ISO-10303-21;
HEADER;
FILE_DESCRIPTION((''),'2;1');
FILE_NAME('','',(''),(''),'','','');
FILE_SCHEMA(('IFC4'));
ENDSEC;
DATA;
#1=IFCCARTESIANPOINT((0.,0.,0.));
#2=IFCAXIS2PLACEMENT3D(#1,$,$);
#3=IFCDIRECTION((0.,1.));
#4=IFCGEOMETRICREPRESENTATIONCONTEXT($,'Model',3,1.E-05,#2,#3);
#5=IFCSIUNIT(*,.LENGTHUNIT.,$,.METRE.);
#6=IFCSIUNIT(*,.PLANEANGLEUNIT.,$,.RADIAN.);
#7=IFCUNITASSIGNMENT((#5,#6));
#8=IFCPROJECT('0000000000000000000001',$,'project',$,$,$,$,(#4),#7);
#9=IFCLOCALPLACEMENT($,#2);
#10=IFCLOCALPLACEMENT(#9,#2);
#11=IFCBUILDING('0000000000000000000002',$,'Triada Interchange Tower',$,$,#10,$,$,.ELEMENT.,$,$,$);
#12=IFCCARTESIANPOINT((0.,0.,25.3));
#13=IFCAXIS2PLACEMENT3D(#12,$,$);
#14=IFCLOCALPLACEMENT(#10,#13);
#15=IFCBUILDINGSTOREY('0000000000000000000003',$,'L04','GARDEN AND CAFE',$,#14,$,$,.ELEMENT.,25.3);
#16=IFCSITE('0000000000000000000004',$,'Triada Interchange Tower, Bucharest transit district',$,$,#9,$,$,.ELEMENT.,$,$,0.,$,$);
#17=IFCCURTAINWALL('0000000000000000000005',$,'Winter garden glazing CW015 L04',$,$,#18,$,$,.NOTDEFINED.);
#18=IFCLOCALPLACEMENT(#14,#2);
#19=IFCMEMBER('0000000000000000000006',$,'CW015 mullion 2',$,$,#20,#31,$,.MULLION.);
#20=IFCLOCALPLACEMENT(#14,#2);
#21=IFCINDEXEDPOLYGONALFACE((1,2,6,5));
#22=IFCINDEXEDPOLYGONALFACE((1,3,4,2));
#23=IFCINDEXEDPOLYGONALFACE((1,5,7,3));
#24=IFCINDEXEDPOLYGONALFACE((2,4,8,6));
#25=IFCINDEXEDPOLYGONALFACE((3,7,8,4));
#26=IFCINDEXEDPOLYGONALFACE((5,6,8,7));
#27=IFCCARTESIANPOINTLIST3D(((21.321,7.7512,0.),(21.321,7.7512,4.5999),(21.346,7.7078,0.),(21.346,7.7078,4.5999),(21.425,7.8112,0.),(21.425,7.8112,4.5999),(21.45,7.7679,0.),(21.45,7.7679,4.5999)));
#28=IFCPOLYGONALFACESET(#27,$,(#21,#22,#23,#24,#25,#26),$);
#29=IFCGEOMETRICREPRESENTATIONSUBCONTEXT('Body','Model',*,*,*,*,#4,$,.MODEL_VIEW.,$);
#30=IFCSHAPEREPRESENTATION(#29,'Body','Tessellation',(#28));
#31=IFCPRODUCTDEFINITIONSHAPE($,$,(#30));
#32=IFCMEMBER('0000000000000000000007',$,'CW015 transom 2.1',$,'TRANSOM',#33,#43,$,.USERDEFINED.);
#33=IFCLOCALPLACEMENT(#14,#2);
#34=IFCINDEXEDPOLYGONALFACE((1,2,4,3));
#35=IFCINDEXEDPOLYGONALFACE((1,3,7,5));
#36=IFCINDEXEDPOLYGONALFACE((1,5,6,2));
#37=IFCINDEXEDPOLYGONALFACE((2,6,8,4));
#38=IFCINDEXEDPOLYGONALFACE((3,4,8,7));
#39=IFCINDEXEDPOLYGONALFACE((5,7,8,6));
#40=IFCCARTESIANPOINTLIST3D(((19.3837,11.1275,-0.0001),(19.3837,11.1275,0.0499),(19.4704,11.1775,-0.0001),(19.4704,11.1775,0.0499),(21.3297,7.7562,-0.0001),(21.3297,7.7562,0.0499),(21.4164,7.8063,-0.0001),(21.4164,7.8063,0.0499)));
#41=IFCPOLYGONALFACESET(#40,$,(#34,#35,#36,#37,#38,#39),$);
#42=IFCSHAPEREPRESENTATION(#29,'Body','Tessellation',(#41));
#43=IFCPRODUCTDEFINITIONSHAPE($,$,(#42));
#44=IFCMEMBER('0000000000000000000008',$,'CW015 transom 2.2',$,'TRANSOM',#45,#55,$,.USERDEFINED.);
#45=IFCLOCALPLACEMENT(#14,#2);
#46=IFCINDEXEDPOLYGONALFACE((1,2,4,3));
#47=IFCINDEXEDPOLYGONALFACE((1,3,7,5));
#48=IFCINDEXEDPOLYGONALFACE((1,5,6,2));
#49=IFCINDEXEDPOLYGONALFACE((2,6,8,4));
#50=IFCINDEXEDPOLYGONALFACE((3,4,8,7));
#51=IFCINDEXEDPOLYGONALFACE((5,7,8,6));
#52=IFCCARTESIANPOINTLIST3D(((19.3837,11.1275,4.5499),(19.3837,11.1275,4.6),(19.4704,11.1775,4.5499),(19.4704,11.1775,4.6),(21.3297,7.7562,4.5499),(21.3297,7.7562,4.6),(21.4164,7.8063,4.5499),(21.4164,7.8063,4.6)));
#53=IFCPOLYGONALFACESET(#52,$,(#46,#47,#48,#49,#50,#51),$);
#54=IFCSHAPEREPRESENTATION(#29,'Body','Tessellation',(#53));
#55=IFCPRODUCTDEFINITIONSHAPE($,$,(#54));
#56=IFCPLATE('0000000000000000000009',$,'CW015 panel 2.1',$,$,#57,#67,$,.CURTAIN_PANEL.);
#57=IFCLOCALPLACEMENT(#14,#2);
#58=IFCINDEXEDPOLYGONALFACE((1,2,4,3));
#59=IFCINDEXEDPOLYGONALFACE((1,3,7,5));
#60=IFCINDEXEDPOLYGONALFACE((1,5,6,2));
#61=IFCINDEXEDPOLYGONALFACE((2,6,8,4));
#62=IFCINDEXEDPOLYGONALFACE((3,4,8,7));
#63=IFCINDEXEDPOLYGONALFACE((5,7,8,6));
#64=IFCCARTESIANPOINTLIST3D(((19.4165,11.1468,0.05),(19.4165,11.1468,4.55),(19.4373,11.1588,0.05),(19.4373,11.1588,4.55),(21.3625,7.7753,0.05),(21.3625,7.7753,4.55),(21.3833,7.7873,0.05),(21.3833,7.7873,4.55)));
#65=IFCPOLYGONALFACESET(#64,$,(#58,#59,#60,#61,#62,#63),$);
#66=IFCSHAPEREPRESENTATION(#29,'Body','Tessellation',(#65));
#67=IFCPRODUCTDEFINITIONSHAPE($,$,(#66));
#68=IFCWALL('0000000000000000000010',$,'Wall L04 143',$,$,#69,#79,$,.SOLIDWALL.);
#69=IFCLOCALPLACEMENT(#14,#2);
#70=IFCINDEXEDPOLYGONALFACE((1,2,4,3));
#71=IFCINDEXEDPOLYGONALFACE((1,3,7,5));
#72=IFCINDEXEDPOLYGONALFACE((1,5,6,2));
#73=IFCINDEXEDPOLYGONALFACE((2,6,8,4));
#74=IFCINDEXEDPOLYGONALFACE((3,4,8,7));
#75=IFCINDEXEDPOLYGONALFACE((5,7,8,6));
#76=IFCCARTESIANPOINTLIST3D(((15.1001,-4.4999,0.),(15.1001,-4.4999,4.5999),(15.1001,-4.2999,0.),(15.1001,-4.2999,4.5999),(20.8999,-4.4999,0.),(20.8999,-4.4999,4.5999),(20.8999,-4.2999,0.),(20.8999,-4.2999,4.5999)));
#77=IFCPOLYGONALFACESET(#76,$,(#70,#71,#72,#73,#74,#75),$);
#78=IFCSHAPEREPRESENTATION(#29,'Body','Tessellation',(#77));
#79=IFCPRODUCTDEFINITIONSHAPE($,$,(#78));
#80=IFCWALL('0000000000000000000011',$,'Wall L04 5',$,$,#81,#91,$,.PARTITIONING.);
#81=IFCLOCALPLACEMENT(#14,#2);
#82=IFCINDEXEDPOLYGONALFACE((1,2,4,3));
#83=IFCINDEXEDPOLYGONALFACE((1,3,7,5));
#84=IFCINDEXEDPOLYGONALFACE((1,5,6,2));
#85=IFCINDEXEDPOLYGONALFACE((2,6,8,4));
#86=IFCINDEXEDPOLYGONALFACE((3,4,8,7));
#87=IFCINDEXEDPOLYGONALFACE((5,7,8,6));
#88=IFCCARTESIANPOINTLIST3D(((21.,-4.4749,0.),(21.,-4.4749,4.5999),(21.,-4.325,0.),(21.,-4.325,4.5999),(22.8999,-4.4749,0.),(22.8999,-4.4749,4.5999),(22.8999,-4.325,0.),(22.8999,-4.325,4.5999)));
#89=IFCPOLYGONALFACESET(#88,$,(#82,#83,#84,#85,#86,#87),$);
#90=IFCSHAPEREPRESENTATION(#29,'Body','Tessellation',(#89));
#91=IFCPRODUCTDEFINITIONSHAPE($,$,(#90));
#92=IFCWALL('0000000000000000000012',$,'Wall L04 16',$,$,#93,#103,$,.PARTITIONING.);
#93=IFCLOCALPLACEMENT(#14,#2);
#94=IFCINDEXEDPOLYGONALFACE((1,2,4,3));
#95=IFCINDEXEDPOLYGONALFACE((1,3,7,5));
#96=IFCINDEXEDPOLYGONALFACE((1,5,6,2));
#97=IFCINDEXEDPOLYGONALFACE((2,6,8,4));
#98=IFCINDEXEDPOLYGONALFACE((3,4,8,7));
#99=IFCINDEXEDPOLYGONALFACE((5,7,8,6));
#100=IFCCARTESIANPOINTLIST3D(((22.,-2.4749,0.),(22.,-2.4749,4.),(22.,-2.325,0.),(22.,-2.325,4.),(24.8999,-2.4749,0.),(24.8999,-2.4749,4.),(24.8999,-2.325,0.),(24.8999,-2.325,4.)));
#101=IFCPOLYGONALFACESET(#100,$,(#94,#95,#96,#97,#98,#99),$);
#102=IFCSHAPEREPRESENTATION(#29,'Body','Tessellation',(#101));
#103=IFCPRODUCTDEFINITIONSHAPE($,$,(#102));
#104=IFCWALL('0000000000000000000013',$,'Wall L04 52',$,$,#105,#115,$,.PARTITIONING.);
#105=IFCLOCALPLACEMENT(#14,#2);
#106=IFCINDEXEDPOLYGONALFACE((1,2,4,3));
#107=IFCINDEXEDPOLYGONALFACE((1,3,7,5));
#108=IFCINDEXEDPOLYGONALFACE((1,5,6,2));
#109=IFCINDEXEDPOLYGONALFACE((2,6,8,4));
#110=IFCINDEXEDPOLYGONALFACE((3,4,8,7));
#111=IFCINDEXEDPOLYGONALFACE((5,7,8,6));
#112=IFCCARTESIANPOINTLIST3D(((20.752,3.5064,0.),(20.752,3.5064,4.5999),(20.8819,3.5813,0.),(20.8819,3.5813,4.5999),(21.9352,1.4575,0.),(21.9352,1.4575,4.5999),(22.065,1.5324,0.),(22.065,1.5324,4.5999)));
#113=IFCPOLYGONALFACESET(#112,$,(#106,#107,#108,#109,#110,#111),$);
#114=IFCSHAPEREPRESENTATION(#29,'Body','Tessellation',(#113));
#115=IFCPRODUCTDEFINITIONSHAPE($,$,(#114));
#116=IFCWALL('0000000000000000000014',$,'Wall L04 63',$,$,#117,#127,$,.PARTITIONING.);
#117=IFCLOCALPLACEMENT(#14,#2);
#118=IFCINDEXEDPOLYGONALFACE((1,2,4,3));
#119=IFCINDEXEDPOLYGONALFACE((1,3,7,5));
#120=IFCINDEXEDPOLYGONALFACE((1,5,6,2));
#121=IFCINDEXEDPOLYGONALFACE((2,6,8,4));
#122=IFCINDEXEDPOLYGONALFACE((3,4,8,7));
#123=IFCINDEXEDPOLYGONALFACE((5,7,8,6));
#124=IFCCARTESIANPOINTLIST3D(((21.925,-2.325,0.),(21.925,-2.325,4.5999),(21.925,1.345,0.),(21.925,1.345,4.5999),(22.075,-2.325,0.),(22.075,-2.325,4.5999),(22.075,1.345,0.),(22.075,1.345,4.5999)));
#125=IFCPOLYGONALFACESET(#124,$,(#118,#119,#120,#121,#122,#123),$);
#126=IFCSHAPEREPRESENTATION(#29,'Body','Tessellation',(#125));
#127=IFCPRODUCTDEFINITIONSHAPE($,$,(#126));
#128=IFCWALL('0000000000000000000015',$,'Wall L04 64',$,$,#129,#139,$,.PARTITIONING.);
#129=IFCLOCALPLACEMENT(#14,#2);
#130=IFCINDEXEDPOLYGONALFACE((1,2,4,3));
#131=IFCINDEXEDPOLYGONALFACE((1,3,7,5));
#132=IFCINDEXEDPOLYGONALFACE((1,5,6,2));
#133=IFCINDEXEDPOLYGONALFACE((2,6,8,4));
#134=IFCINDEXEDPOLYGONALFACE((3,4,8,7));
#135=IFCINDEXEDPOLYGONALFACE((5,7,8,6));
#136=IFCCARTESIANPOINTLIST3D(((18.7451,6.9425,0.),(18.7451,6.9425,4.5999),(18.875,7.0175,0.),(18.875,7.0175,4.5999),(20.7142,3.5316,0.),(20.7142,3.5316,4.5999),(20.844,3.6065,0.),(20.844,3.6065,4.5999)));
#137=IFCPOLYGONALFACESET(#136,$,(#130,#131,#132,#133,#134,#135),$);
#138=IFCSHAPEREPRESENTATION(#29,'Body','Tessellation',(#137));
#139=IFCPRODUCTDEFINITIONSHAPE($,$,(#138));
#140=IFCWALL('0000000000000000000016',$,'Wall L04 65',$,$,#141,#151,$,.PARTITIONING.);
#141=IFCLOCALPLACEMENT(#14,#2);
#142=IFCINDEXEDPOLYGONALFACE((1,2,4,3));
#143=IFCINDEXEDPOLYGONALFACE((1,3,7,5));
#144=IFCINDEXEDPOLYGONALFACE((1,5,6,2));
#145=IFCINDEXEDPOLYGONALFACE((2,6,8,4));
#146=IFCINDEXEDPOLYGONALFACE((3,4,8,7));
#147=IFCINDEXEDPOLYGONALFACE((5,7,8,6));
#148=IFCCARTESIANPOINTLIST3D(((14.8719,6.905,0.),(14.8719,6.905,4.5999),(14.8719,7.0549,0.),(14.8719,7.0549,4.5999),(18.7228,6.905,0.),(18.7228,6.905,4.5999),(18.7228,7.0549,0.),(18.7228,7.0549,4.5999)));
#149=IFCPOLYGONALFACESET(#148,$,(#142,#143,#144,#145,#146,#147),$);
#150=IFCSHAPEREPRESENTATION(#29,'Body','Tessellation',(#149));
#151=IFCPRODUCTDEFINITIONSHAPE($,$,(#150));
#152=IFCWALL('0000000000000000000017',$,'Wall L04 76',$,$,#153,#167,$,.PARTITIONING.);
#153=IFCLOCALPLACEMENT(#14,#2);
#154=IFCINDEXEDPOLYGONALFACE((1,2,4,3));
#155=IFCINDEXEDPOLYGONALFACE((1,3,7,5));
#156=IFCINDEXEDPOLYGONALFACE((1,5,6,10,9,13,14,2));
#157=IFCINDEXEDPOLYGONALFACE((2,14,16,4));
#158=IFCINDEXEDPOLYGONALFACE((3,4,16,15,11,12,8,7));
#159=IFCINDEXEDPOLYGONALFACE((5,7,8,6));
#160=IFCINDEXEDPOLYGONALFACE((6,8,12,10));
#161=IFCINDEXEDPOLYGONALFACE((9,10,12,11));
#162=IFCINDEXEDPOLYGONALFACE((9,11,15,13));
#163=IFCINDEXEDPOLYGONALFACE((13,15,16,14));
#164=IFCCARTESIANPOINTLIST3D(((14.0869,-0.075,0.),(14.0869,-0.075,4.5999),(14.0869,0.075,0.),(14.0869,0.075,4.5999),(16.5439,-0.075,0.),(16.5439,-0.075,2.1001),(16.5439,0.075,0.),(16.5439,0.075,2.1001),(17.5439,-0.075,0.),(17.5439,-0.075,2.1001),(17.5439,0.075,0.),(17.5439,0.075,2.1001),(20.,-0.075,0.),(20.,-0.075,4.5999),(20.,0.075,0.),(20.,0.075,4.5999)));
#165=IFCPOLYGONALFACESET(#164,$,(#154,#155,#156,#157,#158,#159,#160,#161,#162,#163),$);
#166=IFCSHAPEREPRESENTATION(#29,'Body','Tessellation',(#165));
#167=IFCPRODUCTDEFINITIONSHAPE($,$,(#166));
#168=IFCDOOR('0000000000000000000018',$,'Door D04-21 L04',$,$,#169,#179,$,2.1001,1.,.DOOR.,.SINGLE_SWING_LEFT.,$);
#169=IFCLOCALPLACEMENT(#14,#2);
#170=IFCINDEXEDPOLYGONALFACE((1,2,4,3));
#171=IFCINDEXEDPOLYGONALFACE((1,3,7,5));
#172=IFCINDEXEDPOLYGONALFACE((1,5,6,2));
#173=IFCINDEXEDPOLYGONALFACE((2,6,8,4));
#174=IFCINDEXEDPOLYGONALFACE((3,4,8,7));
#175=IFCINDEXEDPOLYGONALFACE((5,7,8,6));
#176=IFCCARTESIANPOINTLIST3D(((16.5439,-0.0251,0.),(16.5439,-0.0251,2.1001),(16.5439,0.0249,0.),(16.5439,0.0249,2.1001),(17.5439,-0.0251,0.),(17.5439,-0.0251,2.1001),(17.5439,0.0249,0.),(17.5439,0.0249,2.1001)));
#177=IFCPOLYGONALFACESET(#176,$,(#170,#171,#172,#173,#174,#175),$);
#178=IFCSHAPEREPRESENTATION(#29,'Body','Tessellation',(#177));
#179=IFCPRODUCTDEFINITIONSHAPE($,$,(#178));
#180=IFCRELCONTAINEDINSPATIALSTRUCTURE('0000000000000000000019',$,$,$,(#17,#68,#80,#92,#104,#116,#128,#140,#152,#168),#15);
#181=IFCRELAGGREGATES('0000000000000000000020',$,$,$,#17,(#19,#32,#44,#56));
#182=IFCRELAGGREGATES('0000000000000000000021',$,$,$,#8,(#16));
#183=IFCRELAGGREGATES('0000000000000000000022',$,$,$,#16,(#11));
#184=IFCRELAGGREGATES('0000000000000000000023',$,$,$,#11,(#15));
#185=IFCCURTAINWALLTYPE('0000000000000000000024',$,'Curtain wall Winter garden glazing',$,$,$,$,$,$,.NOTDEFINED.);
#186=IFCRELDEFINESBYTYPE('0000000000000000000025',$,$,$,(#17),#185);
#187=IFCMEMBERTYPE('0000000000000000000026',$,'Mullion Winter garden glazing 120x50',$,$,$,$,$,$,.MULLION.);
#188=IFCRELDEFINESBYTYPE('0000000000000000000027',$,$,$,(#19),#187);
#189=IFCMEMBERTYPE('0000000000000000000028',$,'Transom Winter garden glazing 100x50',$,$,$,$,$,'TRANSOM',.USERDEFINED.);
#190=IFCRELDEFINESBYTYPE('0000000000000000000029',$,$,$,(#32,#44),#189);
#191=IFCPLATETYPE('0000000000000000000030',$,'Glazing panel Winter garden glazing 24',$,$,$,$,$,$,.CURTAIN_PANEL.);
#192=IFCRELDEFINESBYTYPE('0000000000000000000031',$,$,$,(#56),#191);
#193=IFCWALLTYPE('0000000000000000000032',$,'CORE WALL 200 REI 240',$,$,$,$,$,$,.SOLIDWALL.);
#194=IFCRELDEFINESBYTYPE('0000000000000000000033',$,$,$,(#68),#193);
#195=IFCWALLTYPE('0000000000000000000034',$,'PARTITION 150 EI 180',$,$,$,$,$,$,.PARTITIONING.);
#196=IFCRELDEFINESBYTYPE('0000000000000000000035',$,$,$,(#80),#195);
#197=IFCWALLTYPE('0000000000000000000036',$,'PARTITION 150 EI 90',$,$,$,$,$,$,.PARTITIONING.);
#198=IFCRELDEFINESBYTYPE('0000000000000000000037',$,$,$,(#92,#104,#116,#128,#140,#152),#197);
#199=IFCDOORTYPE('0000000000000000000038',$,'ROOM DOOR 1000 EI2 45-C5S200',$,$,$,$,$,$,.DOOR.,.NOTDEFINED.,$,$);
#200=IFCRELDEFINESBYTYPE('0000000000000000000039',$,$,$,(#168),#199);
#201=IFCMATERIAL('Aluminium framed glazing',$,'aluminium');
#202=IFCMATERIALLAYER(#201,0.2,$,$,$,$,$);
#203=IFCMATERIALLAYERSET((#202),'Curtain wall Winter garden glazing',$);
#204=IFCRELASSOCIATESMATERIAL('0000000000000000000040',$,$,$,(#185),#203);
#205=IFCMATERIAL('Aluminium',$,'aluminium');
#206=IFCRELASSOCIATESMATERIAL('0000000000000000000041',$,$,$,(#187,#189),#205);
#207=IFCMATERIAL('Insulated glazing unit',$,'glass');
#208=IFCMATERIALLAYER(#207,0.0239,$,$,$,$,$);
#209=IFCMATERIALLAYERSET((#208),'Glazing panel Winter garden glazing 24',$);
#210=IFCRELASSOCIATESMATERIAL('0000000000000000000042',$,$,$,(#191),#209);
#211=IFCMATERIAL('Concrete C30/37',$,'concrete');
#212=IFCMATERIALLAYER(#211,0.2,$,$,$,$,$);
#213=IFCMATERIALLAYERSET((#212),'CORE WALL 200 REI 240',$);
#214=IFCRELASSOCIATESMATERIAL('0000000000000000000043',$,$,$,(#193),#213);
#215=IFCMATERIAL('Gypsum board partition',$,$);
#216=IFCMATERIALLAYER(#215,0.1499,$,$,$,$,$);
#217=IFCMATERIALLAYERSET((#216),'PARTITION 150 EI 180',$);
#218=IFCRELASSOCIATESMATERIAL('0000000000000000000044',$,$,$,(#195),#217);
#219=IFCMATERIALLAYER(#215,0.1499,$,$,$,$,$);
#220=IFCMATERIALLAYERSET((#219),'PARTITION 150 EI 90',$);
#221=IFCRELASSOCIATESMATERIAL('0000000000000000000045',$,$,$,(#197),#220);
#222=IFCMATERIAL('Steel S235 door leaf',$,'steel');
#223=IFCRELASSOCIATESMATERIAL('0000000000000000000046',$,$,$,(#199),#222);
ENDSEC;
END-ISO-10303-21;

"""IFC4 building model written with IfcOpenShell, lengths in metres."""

from ifc_helpers import new_model, si_unit, direction, frame, frame_2d, origin, origin_2d, place, context, subcontext, project, spatial, rectangle, extrude, material, layer, layer_set, material_profile, profile_set, type_object, element, fill, aggregate, save


model = new_model("IFC4")

# Units and contexts
model_context = context("Model", 3, precision=1e-05, world=origin(), true_north=direction((0.0, 1.0)))
body_context = subcontext(model_context, "Body", "Model", "MODEL_VIEW")
ifc_project = project(units=[si_unit("LENGTHUNIT", "METRE"), si_unit("PLANEANGLEUNIT", "RADIAN")], contexts=[model_context])

# Site, building, storey
site_placement = place(None, origin())
site = spatial("IfcSite", under=ifc_project, at=site_placement, Name="Triada Interchange Tower, Bucharest transit district", CompositionType="ELEMENT", RefElevation=0.0)
building_placement = place(site_placement, origin())
building = spatial("IfcBuilding", under=site, at=building_placement, Name="Triada Interchange Tower", CompositionType="ELEMENT")
storey_placement = place(building_placement, frame((0.0, 0.0, 25.3)))
storey = spatial("IfcBuildingStorey", under=building, at=storey_placement, Name="L04", Description="GARDEN AND CAFE", CompositionType="ELEMENT", Elevation=25.3)

# Curtain wall, member
ifc_material_1 = material(Name="Aluminium framed glazing", Category="aluminium")
ifc_layer_1 = layer(ifc_material_1, 0.2)
ifc_layer_set_1 = layer_set([ifc_layer_1], Name="Curtain wall Winter garden glazing")
curtain_wall_type = type_object("IfcCurtainWallType", Name="Curtain wall Winter garden glazing", PredefinedType="NOTDEFINED", material=ifc_layer_set_1)
curtain_wall_placement = place(storey_placement, origin())
curtain_wall = element("IfcCurtainWall", 1, at=curtain_wall_placement, inside=storey, type_object=curtain_wall_type, Name="Winter garden glazing CW015 L04", PredefinedType="NOTDEFINED")
ifc_material_2 = material(Name="Aluminium", Category="aluminium")
ifc_material_profile_1 = material_profile(ifc_material_2, rectangle(XDim=0.1201, YDim=0.05, at=origin_2d()), Name="Aluminium mullion")
ifc_profile_set_1 = profile_set([ifc_material_profile_1], Name="Aluminium")
member_type_1 = type_object("IfcMemberType", Name="Mullion Winter garden glazing 120x50", PredefinedType="MULLION", material=ifc_profile_set_1)
member_1_placement = place(storey_placement, frame((21.3855, 7.7595, 0.0), z_axis=(0.0, 0.0, 1.0), x_axis=(-0.866087, -0.499893, 0.0)))
member_1 = element("IfcMember", 2, at=member_1_placement, type_object=member_type_1, Name="CW015 mullion 2", PredefinedType="MULLION", context=body_context, shape_type="SweptSolid", body=[
    extrude(rectangle(XDim=0.1201, YDim=0.05, at=origin_2d()), origin(), (0.0, 0.0, 1.0), 4.5999),
])

# Members
ifc_material_profile_2 = material_profile(ifc_material_2, rectangle(XDim=0.1001, YDim=0.05, at=origin_2d()), Name="Aluminium transom")
ifc_profile_set_2 = profile_set([ifc_material_profile_2], Name="Aluminium")
member_type_2 = type_object("IfcMemberType", Name="Transom Winter garden glazing 100x50", ElementType="TRANSOM", PredefinedType="USERDEFINED", material=ifc_profile_set_2)
member_2_placement = place(storey_placement, frame((21.373, 7.7812, 0.0249), z_axis=(-0.499923, 0.86607, 0.0), x_axis=(-0.86607, -0.499923, 0.0)))
member_2 = element("IfcMember", 3, at=member_2_placement, type_object=member_type_2, Name="CW015 transom 2.1", ObjectType="TRANSOM", PredefinedType="USERDEFINED", context=body_context, shape_type="SweptSolid", body=[
    extrude(rectangle(XDim=0.1001, YDim=0.05, at=origin_2d()), origin(), (0.0, 0.0, 1.0), 3.8926),
])
member_3_placement = place(storey_placement, frame((21.373, 7.7812, 4.575), z_axis=(-0.499923, 0.86607, 0.0), x_axis=(-0.86607, -0.499923, 0.0)))
member_3 = element("IfcMember", 4, at=member_3_placement, type_object=member_type_2, Name="CW015 transom 2.2", ObjectType="TRANSOM", PredefinedType="USERDEFINED", context=body_context, shape_type="SweptSolid", body=[
    extrude(rectangle(XDim=0.1001, YDim=0.05, at=origin_2d()), origin(), (0.0, 0.0, 1.0), 3.8926),
])

# Plate
ifc_material_3 = material(Name="Insulated glazing unit", Category="glass")
ifc_layer_2 = layer(ifc_material_3, 0.0239)
ifc_layer_set_2 = layer_set([ifc_layer_2], Name="Glazing panel Winter garden glazing 24")
plate_type = type_object("IfcPlateType", Name="Glazing panel Winter garden glazing 24", PredefinedType="CURTAIN_PANEL", material=ifc_layer_set_2)
plate_placement = place(storey_placement, frame((20.3999, 9.467, 0.05), z_axis=(0.0, 0.0, 1.0), x_axis=(-0.499893, 0.866087, 0.0)))
plate = element("IfcPlate", 5, at=plate_placement, type_object=plate_type, Name="CW015 panel 2.1", PredefinedType="CURTAIN_PANEL", context=body_context, shape_type="SweptSolid", body=[
    extrude(rectangle(XDim=3.8928, YDim=0.0239, at=origin_2d()), origin(), (0.0, 0.0, 1.0), 4.5),
])
aggregate(curtain_wall, [member_1, member_2, member_3, plate])

# Walls
ifc_material_4 = material(Name="Concrete C30/37", Category="concrete")
ifc_layer_3 = layer(ifc_material_4, 0.2)
ifc_layer_set_3 = layer_set([ifc_layer_3], Name="CORE WALL 200 REI 240")
wall_type_1 = type_object("IfcWallType", Name="CORE WALL 200 REI 240", PredefinedType="SOLIDWALL", material=ifc_layer_set_3)
wall_1_placement = place(storey_placement, frame((15.1001, -4.3999, 0.0), z_axis=(0.0, 0.0, 1.0), x_axis=(1.0, 0.0, 0.0)))
element("IfcWall", 6, at=wall_1_placement, inside=storey, type_object=wall_type_1, Name="Wall L04 143", PredefinedType="SOLIDWALL", context=body_context, shape_type="SweptSolid", body=[
    extrude(rectangle(XDim=5.7998, YDim=0.2, at=frame_2d((2.8999, 0.0))), origin(), (0.0, 0.0, 1.0), 4.5999),
])
ifc_material_5 = material(Name="Gypsum board partition")
ifc_layer_4 = layer(ifc_material_5, 0.1499)
ifc_layer_set_4 = layer_set([ifc_layer_4], Name="PARTITION 150 EI 180")
wall_type_2 = type_object("IfcWallType", Name="PARTITION 150 EI 180", PredefinedType="PARTITIONING", material=ifc_layer_set_4)
wall_2_placement = place(storey_placement, frame((21.0, -4.3999, 0.0), z_axis=(0.0, 0.0, 1.0), x_axis=(1.0, 0.0, 0.0)))
element("IfcWall", 7, at=wall_2_placement, inside=storey, type_object=wall_type_2, Name="Wall L04 5", PredefinedType="PARTITIONING", context=body_context, shape_type="SweptSolid", body=[
    extrude(rectangle(XDim=1.8999, YDim=0.1499, at=frame_2d((0.95, 0.0))), origin(), (0.0, 0.0, 1.0), 4.5999),
])
ifc_layer_5 = layer(ifc_material_5, 0.1499)
ifc_layer_set_5 = layer_set([ifc_layer_5], Name="PARTITION 150 EI 90")
wall_type_3 = type_object("IfcWallType", Name="PARTITION 150 EI 90", PredefinedType="PARTITIONING", material=ifc_layer_set_5)
wall_3_placement = place(storey_placement, frame((22.0, -2.3999, 0.0), z_axis=(0.0, 0.0, 1.0), x_axis=(1.0, 0.0, 0.0)))
element("IfcWall", 8, at=wall_3_placement, inside=storey, type_object=wall_type_3, Name="Wall L04 16", PredefinedType="PARTITIONING", context=body_context, shape_type="SweptSolid", body=[
    extrude(rectangle(XDim=2.8999, YDim=0.1499, at=frame_2d((1.45, 0.0))), origin(), (0.0, 0.0, 1.0), 4.0),
])
wall_4_placement = place(storey_placement, frame((20.8169, 3.5439, 0.0), z_axis=(0.0, 0.0, 1.0), x_axis=(0.500068, -0.865986, 0.0)))
element("IfcWall", 9, at=wall_4_placement, inside=storey, type_object=wall_type_3, Name="Wall L04 52", PredefinedType="PARTITIONING", context=body_context, shape_type="SweptSolid", body=[
    extrude(rectangle(XDim=2.366, YDim=0.1499, at=frame_2d((1.1831, 0.0))), origin(), (0.0, 0.0, 1.0), 4.5999),
])
wall_5_placement = place(storey_placement, frame((22.0, -2.325, 0.0), z_axis=(0.0, 0.0, 1.0), x_axis=(0.0, 1.0, 0.0)))
element("IfcWall", 10, at=wall_5_placement, inside=storey, type_object=wall_type_3, Name="Wall L04 63", PredefinedType="PARTITIONING", context=body_context, shape_type="SweptSolid", body=[
    extrude(rectangle(XDim=3.6699, YDim=0.1499, at=frame_2d((1.835, 0.0))), origin(), (0.0, 0.0, 1.0), 4.5999),
])
wall_6_placement = place(storey_placement, frame((18.8101, 6.98, 0.0), z_axis=(0.0, 0.0, 1.0), x_axis=(0.499946, -0.866057, 0.0)))
element("IfcWall", 11, at=wall_6_placement, inside=storey, type_object=wall_type_3, Name="Wall L04 64", PredefinedType="PARTITIONING", context=body_context, shape_type="SweptSolid", body=[
    extrude(rectangle(XDim=3.9385, YDim=0.1499, at=frame_2d((1.9692, 0.0))), origin(), (0.0, 0.0, 1.0), 4.5999),
])
wall_7_placement = place(storey_placement, frame((14.8721, 6.98, 0.0), z_axis=(0.0, 0.0, 1.0), x_axis=(1.0, 0.0, 0.0)))
element("IfcWall", 12, at=wall_7_placement, inside=storey, type_object=wall_type_3, Name="Wall L04 65", PredefinedType="PARTITIONING", context=body_context, shape_type="SweptSolid", body=[
    extrude(rectangle(XDim=3.8508, YDim=0.1499, at=frame_2d((1.9253, 0.0))), origin(), (0.0, 0.0, 1.0), 4.5999),
])

# Wall, opening, door
wall_8_placement = place(storey_placement, frame((14.0869, 0.0, 0.0), z_axis=(0.0, 0.0, 1.0), x_axis=(1.0, 0.0, 0.0)))
wall_8 = element("IfcWall", 13, at=wall_8_placement, inside=storey, type_object=wall_type_3, Name="Wall L04 76", PredefinedType="PARTITIONING", context=body_context, shape_type="SweptSolid", body=[
    extrude(rectangle(XDim=5.9131, YDim=0.1499, at=frame_2d((2.9565, 0.0))), origin(), (0.0, 0.0, 1.0), 4.5999),
])
opening_placement = place(wall_8_placement, frame((2.457, 0.0, 0.0)))
opening = element("IfcOpeningElement", 14, at=opening_placement, cuts=wall_8, PredefinedType="OPENING", context=body_context, shape_type="SweptSolid", body=[
    extrude(rectangle(XDim=1.0, YDim=2.1001, at=frame_2d((0.5, 1.05))), frame((0.0, 0.085, 0.0), z_axis=(0.0, -1.0, 0.0), x_axis=(1.0, 0.0, 0.0)), (0.0, 0.0, 1.0), 0.1699),
])
ifc_material_6 = material(Name="Steel S235 door leaf", Category="steel")
door_type = type_object("IfcDoorType", Name="ROOM DOOR 1000 EI2 45-C5S200", OperationType="NOTDEFINED", PredefinedType="DOOR", material=ifc_material_6)
door_placement = place(opening_placement, origin())
door = element("IfcDoor", 15, at=door_placement, inside=storey, type_object=door_type, Name="Door D04-21 L04", OperationType="SINGLE_SWING_LEFT", OverallHeight=2.1001, OverallWidth=1.0, PredefinedType="DOOR", context=body_context, shape_type="SweptSolid", body=[
    extrude(rectangle(XDim=1.0, YDim=2.1001, at=frame_2d((0.5, 1.05))), frame((0.0, 0.0249, 0.0), z_axis=(0.0, -1.0, 0.0), x_axis=(1.0, 0.0, 0.0)), (0.0, 0.0, 1.0), 0.05),
])
fill(opening, door)

save(model, "model.ifc")
